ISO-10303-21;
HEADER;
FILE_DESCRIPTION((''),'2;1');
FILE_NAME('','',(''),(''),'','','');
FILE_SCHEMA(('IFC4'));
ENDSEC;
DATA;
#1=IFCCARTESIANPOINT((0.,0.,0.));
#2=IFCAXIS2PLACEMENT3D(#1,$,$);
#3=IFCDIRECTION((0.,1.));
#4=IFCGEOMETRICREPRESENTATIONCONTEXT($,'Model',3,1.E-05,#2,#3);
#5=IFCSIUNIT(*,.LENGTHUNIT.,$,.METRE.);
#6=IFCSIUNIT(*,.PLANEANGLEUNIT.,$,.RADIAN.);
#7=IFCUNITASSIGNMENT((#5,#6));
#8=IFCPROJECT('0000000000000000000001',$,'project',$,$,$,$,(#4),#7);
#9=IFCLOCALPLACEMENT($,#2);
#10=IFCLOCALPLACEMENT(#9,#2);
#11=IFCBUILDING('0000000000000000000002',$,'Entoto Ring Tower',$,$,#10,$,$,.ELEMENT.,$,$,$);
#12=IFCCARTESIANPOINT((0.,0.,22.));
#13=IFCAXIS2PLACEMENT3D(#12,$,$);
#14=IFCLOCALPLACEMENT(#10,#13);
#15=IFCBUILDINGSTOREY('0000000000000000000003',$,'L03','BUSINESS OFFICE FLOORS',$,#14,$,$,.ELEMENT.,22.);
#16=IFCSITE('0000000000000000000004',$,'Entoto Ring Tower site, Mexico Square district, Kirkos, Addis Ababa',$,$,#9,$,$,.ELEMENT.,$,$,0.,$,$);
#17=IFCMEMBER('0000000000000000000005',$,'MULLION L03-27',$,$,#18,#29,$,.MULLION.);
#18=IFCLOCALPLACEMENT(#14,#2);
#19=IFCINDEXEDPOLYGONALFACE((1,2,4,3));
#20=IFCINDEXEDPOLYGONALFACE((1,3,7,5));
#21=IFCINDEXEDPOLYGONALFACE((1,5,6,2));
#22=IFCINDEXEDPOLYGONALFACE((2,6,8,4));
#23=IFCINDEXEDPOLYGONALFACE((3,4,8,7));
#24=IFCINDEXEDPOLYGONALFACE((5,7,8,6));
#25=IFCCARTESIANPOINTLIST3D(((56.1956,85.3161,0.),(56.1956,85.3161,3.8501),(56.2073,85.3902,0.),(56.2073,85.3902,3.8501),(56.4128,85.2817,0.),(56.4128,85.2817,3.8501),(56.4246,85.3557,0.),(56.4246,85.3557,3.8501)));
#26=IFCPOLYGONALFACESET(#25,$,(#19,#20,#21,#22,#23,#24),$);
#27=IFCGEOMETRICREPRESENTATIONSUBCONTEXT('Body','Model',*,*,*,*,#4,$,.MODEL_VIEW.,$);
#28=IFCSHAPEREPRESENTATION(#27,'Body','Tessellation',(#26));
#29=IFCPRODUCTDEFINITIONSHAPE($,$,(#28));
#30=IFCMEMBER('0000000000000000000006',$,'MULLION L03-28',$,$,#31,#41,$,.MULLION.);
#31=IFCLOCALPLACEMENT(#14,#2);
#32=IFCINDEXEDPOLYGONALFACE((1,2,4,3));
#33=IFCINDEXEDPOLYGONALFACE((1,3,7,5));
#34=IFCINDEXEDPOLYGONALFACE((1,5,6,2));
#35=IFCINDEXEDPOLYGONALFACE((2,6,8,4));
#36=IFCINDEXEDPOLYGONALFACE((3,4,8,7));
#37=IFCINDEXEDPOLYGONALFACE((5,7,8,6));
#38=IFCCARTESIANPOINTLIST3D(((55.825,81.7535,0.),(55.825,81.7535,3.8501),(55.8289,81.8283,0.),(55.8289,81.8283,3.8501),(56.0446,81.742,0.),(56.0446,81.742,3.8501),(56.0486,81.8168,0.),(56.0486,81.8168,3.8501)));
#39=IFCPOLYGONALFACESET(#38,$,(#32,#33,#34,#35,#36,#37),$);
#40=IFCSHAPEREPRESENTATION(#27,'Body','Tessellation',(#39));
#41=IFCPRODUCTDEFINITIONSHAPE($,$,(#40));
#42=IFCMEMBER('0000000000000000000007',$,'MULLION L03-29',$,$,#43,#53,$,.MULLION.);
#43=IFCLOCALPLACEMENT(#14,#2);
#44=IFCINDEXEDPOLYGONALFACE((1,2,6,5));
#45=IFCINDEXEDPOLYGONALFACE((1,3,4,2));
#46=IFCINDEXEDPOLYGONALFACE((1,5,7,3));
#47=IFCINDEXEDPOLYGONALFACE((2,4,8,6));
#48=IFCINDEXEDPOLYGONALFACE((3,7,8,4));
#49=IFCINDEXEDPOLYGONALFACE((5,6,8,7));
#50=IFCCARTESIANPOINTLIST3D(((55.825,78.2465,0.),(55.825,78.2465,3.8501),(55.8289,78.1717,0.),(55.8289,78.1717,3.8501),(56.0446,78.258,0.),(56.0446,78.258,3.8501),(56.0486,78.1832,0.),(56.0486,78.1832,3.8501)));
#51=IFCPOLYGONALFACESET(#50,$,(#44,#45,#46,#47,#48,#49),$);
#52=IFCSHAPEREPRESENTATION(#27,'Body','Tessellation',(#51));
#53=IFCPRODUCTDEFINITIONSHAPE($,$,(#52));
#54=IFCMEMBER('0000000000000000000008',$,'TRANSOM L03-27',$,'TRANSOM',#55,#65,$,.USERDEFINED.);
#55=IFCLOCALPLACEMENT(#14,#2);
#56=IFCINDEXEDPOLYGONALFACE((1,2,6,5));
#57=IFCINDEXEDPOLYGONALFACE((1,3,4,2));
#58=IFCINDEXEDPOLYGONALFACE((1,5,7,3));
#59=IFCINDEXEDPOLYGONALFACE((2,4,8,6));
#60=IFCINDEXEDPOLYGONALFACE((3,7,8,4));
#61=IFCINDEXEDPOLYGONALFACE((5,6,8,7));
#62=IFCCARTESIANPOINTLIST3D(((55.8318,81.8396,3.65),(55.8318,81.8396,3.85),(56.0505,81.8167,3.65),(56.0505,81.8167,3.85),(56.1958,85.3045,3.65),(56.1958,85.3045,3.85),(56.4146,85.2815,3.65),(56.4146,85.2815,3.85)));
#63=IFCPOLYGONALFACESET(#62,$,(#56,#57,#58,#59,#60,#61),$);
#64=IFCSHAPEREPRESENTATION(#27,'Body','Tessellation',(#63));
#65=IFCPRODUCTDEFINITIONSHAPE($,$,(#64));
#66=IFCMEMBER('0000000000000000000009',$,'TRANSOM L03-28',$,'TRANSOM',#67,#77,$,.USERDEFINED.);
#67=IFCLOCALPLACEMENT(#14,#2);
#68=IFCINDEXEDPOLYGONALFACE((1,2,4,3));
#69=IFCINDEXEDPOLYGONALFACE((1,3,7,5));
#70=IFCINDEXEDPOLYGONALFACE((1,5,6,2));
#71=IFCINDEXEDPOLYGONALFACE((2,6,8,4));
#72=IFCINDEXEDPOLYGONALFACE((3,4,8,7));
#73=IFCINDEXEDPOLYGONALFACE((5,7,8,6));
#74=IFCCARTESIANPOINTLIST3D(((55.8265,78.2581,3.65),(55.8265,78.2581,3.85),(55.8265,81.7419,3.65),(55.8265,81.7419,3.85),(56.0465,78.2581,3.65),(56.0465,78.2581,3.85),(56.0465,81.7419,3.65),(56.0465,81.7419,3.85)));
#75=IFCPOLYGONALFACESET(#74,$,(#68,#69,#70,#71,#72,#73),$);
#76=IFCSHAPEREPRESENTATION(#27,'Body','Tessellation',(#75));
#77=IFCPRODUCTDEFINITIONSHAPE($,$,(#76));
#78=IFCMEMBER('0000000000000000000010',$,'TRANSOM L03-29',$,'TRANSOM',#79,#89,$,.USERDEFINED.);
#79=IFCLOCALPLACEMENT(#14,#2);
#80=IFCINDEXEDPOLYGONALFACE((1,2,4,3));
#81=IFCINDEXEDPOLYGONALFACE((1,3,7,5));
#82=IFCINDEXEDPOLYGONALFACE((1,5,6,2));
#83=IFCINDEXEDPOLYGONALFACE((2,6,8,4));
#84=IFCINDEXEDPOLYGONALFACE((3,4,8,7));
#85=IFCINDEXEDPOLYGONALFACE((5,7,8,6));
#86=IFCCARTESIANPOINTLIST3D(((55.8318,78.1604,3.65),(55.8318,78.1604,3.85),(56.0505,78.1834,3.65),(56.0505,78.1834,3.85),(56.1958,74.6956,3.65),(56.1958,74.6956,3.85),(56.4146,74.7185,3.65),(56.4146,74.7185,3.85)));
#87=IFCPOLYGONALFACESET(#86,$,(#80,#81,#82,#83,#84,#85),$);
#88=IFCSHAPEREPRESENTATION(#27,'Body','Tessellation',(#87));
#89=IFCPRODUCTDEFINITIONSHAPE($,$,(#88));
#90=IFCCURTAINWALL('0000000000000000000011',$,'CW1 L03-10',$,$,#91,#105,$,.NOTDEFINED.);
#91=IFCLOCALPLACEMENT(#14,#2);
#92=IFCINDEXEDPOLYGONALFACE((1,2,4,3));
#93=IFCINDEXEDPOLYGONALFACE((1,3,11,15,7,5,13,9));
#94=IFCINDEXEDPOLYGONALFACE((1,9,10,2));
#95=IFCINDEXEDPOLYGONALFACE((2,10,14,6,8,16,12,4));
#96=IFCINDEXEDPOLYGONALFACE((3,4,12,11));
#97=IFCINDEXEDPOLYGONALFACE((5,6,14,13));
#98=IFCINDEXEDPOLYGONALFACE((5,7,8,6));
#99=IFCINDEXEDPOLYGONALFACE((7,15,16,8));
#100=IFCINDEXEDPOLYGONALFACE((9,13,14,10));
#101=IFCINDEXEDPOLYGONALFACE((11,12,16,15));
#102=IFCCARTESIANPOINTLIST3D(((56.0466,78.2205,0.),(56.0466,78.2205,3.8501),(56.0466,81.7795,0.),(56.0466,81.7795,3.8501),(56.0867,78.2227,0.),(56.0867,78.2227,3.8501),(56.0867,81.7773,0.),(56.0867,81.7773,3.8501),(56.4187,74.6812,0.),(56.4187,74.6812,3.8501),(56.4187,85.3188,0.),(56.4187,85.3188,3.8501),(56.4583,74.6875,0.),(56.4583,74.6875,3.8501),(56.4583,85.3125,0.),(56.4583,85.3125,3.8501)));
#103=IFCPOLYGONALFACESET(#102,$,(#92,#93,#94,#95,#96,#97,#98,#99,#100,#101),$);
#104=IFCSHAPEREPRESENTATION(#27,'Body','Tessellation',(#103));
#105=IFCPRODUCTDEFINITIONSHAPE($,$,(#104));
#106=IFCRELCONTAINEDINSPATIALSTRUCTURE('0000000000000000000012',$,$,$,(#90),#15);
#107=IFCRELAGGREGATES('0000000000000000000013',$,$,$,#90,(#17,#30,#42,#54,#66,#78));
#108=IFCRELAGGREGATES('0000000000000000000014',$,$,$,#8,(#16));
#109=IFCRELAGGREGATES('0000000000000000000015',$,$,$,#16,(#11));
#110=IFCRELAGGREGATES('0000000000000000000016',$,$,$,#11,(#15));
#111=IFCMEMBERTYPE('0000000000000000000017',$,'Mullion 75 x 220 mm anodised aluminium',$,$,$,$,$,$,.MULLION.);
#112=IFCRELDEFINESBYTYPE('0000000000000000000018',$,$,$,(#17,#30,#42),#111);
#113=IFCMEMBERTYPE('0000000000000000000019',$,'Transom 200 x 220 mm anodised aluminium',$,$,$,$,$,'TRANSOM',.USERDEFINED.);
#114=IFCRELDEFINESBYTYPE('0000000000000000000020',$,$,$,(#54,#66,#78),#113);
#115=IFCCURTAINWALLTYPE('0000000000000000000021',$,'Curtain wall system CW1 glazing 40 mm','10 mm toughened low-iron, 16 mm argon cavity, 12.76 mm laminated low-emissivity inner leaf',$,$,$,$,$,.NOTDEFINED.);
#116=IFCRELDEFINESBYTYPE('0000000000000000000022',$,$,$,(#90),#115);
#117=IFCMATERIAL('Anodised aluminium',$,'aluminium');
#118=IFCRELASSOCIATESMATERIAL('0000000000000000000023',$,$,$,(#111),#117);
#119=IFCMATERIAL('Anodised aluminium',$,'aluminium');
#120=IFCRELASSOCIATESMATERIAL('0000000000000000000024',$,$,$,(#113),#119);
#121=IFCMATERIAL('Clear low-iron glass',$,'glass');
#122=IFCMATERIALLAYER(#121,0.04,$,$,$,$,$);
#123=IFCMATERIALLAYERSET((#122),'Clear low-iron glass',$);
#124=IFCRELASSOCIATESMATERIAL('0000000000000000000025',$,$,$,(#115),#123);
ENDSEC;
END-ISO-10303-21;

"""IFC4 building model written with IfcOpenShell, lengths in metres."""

from ifc_helpers import new_model, si_unit, direction, frame, origin, origin_2d, place, context, subcontext, project, spatial, polyline, rectangle, outline, extrude, material, layer, layer_set, material_profile, profile_set, type_object, element, aggregate, save


model = new_model("IFC4")

# Units and contexts
model_context = context("Model", 3, precision=1e-05, world=origin(), true_north=direction((0.0, 1.0)))
body_context = subcontext(model_context, "Body", "Model", "MODEL_VIEW")
ifc_project = project(units=[si_unit("LENGTHUNIT", "METRE"), si_unit("PLANEANGLEUNIT", "RADIAN")], contexts=[model_context])

# Members
ifc_material_1 = material(Name="Anodised aluminium", Category="aluminium")
ifc_material_profile_1 = material_profile(ifc_material_1, rectangle(XDim=0.075, YDim=0.22, at=origin_2d()), Name="Mullion 75 x 220 mm anodised aluminium")
ifc_profile_set_1 = profile_set([ifc_material_profile_1], Name="Anodised aluminium")
member_type_1 = type_object("IfcMemberType", Name="Mullion 75 x 220 mm anodised aluminium", PredefinedType="MULLION", material=ifc_profile_set_1)
site_placement = place(None, origin())
building_placement = place(site_placement, origin())
storey_placement = place(building_placement, frame((0.0, 0.0, 22.0)))
member_1_placement = place(storey_placement, frame((56.3101, 85.3359, 0.0), z_axis=(0.0, 0.0, 1.0), x_axis=(-0.156434, -0.987688, 0.0)))
member_1 = element("IfcMember", 1, at=member_1_placement, type_object=member_type_1, Name="MULLION L03-27", PredefinedType="MULLION", context=body_context, shape_type="SweptSolid", body=[
    extrude(rectangle(XDim=0.075, YDim=0.22, at=origin_2d()), origin(), (0.0, 0.0, 1.0), 3.8501),
])
member_2_placement = place(storey_placement, frame((55.9368, 81.7852, 0.0), z_axis=(0.0, 0.0, 1.0), x_axis=(-0.052336, -0.99863, 0.0)))
member_2 = element("IfcMember", 2, at=member_2_placement, type_object=member_type_1, Name="MULLION L03-28", PredefinedType="MULLION", context=body_context, shape_type="SweptSolid", body=[
    extrude(rectangle(XDim=0.075, YDim=0.22, at=origin_2d()), origin(), (0.0, 0.0, 1.0), 3.8501),
])
member_3_placement = place(storey_placement, frame((55.9368, 78.2148, 0.0), z_axis=(0.0, 0.0, 1.0), x_axis=(0.052336, -0.99863, 0.0)))
member_3 = element("IfcMember", 3, at=member_3_placement, type_object=member_type_1, Name="MULLION L03-29", PredefinedType="MULLION", context=body_context, shape_type="SweptSolid", body=[
    extrude(rectangle(XDim=0.075, YDim=0.22, at=origin_2d()), origin(), (0.0, 0.0, 1.0), 3.8501),
])
ifc_material_2 = material(Name="Anodised aluminium", Category="aluminium")
ifc_material_profile_2 = material_profile(ifc_material_2, rectangle(XDim=0.22, YDim=0.2, at=origin_2d()), Name="Transom 200 x 220 mm anodised aluminium")
ifc_profile_set_2 = profile_set([ifc_material_profile_2], Name="Anodised aluminium")
member_type_2 = type_object("IfcMemberType", Name="Transom 200 x 220 mm anodised aluminium", ElementType="TRANSOM", PredefinedType="USERDEFINED", material=ifc_profile_set_2)
member_4_placement = place(storey_placement, frame((56.3052, 85.293, 3.75), z_axis=(-0.104484, -0.994527, 0.0), x_axis=(0.994527, -0.104484, 0.0)))
member_4 = element("IfcMember", 4, at=member_4_placement, type_object=member_type_2, Name="TRANSOM L03-27", ObjectType="TRANSOM", PredefinedType="USERDEFINED", context=body_context, shape_type="SweptSolid", body=[
    extrude(rectangle(XDim=0.22, YDim=0.2, at=origin_2d()), origin(), (0.0, 0.0, 1.0), 3.4839),
])
member_5_placement = place(storey_placement, frame((55.9365, 81.7419, 3.75), z_axis=(0.0, -1.0, 0.0), x_axis=(1.0, 0.0, 0.0)))
member_5 = element("IfcMember", 5, at=member_5_placement, type_object=member_type_2, Name="TRANSOM L03-28", ObjectType="TRANSOM", PredefinedType="USERDEFINED", context=body_context, shape_type="SweptSolid", body=[
    extrude(rectangle(XDim=0.22, YDim=0.2, at=origin_2d()), origin(), (0.0, 0.0, 1.0), 3.4839),
])
member_6_placement = place(storey_placement, frame((55.9412, 78.1719, 3.75), z_axis=(0.104484, -0.994527, 0.0), x_axis=(0.994527, 0.104484, 0.0)))
member_6 = element("IfcMember", 6, at=member_6_placement, type_object=member_type_2, Name="TRANSOM L03-29", ObjectType="TRANSOM", PredefinedType="USERDEFINED", context=body_context, shape_type="SweptSolid", body=[
    extrude(rectangle(XDim=0.22, YDim=0.2, at=origin_2d()), origin(), (0.0, 0.0, 1.0), 3.4839),
])

# Site, building, storey
site = spatial("IfcSite", under=ifc_project, at=site_placement, Name="Entoto Ring Tower site, Mexico Square district, Kirkos, Addis Ababa", CompositionType="ELEMENT", RefElevation=0.0)
building = spatial("IfcBuilding", under=site, at=building_placement, Name="Entoto Ring Tower", CompositionType="ELEMENT")
storey = spatial("IfcBuildingStorey", under=building, at=storey_placement, Name="L03", Description="BUSINESS OFFICE FLOORS", CompositionType="ELEMENT", Elevation=22.0)

# Curtain wall
ifc_material_3 = material(Name="Clear low-iron glass", Category="glass")
ifc_layer = layer(ifc_material_3, 0.04)
ifc_layer_set = layer_set([ifc_layer], Name="Clear low-iron glass")
curtain_wall_type = type_object("IfcCurtainWallType", Name="Curtain wall system CW1 glazing 40 mm", Description="10 mm toughened low-iron, 16 mm argon cavity, 12.76 mm laminated low-emissivity inner leaf", PredefinedType="NOTDEFINED", material=ifc_layer_set)
curtain_wall_1_placement = place(storey_placement, origin())
curtain_wall_1 = element("IfcCurtainWall", 7, at=curtain_wall_1_placement, inside=storey, type_object=curtain_wall_type, Name="CW1 L03-10", PredefinedType="NOTDEFINED", context=body_context, shape_type="SweptSolid", body=[
    extrude(outline(polyline([(56.4187, 85.3188), (56.0466, 81.7795), (56.0466, 78.2205), (56.4187, 74.6812), (56.4583, 74.6875), (56.0867, 78.2227), (56.0867, 81.7773), (56.4583, 85.3125), (56.4187, 85.3188)])), origin(), (0.0, 0.0, 1.0), 3.8501),
])
aggregate(curtain_wall_1, [member_1, member_2, member_3, member_4, member_5, member_6])

save(model, "model.ifc")
